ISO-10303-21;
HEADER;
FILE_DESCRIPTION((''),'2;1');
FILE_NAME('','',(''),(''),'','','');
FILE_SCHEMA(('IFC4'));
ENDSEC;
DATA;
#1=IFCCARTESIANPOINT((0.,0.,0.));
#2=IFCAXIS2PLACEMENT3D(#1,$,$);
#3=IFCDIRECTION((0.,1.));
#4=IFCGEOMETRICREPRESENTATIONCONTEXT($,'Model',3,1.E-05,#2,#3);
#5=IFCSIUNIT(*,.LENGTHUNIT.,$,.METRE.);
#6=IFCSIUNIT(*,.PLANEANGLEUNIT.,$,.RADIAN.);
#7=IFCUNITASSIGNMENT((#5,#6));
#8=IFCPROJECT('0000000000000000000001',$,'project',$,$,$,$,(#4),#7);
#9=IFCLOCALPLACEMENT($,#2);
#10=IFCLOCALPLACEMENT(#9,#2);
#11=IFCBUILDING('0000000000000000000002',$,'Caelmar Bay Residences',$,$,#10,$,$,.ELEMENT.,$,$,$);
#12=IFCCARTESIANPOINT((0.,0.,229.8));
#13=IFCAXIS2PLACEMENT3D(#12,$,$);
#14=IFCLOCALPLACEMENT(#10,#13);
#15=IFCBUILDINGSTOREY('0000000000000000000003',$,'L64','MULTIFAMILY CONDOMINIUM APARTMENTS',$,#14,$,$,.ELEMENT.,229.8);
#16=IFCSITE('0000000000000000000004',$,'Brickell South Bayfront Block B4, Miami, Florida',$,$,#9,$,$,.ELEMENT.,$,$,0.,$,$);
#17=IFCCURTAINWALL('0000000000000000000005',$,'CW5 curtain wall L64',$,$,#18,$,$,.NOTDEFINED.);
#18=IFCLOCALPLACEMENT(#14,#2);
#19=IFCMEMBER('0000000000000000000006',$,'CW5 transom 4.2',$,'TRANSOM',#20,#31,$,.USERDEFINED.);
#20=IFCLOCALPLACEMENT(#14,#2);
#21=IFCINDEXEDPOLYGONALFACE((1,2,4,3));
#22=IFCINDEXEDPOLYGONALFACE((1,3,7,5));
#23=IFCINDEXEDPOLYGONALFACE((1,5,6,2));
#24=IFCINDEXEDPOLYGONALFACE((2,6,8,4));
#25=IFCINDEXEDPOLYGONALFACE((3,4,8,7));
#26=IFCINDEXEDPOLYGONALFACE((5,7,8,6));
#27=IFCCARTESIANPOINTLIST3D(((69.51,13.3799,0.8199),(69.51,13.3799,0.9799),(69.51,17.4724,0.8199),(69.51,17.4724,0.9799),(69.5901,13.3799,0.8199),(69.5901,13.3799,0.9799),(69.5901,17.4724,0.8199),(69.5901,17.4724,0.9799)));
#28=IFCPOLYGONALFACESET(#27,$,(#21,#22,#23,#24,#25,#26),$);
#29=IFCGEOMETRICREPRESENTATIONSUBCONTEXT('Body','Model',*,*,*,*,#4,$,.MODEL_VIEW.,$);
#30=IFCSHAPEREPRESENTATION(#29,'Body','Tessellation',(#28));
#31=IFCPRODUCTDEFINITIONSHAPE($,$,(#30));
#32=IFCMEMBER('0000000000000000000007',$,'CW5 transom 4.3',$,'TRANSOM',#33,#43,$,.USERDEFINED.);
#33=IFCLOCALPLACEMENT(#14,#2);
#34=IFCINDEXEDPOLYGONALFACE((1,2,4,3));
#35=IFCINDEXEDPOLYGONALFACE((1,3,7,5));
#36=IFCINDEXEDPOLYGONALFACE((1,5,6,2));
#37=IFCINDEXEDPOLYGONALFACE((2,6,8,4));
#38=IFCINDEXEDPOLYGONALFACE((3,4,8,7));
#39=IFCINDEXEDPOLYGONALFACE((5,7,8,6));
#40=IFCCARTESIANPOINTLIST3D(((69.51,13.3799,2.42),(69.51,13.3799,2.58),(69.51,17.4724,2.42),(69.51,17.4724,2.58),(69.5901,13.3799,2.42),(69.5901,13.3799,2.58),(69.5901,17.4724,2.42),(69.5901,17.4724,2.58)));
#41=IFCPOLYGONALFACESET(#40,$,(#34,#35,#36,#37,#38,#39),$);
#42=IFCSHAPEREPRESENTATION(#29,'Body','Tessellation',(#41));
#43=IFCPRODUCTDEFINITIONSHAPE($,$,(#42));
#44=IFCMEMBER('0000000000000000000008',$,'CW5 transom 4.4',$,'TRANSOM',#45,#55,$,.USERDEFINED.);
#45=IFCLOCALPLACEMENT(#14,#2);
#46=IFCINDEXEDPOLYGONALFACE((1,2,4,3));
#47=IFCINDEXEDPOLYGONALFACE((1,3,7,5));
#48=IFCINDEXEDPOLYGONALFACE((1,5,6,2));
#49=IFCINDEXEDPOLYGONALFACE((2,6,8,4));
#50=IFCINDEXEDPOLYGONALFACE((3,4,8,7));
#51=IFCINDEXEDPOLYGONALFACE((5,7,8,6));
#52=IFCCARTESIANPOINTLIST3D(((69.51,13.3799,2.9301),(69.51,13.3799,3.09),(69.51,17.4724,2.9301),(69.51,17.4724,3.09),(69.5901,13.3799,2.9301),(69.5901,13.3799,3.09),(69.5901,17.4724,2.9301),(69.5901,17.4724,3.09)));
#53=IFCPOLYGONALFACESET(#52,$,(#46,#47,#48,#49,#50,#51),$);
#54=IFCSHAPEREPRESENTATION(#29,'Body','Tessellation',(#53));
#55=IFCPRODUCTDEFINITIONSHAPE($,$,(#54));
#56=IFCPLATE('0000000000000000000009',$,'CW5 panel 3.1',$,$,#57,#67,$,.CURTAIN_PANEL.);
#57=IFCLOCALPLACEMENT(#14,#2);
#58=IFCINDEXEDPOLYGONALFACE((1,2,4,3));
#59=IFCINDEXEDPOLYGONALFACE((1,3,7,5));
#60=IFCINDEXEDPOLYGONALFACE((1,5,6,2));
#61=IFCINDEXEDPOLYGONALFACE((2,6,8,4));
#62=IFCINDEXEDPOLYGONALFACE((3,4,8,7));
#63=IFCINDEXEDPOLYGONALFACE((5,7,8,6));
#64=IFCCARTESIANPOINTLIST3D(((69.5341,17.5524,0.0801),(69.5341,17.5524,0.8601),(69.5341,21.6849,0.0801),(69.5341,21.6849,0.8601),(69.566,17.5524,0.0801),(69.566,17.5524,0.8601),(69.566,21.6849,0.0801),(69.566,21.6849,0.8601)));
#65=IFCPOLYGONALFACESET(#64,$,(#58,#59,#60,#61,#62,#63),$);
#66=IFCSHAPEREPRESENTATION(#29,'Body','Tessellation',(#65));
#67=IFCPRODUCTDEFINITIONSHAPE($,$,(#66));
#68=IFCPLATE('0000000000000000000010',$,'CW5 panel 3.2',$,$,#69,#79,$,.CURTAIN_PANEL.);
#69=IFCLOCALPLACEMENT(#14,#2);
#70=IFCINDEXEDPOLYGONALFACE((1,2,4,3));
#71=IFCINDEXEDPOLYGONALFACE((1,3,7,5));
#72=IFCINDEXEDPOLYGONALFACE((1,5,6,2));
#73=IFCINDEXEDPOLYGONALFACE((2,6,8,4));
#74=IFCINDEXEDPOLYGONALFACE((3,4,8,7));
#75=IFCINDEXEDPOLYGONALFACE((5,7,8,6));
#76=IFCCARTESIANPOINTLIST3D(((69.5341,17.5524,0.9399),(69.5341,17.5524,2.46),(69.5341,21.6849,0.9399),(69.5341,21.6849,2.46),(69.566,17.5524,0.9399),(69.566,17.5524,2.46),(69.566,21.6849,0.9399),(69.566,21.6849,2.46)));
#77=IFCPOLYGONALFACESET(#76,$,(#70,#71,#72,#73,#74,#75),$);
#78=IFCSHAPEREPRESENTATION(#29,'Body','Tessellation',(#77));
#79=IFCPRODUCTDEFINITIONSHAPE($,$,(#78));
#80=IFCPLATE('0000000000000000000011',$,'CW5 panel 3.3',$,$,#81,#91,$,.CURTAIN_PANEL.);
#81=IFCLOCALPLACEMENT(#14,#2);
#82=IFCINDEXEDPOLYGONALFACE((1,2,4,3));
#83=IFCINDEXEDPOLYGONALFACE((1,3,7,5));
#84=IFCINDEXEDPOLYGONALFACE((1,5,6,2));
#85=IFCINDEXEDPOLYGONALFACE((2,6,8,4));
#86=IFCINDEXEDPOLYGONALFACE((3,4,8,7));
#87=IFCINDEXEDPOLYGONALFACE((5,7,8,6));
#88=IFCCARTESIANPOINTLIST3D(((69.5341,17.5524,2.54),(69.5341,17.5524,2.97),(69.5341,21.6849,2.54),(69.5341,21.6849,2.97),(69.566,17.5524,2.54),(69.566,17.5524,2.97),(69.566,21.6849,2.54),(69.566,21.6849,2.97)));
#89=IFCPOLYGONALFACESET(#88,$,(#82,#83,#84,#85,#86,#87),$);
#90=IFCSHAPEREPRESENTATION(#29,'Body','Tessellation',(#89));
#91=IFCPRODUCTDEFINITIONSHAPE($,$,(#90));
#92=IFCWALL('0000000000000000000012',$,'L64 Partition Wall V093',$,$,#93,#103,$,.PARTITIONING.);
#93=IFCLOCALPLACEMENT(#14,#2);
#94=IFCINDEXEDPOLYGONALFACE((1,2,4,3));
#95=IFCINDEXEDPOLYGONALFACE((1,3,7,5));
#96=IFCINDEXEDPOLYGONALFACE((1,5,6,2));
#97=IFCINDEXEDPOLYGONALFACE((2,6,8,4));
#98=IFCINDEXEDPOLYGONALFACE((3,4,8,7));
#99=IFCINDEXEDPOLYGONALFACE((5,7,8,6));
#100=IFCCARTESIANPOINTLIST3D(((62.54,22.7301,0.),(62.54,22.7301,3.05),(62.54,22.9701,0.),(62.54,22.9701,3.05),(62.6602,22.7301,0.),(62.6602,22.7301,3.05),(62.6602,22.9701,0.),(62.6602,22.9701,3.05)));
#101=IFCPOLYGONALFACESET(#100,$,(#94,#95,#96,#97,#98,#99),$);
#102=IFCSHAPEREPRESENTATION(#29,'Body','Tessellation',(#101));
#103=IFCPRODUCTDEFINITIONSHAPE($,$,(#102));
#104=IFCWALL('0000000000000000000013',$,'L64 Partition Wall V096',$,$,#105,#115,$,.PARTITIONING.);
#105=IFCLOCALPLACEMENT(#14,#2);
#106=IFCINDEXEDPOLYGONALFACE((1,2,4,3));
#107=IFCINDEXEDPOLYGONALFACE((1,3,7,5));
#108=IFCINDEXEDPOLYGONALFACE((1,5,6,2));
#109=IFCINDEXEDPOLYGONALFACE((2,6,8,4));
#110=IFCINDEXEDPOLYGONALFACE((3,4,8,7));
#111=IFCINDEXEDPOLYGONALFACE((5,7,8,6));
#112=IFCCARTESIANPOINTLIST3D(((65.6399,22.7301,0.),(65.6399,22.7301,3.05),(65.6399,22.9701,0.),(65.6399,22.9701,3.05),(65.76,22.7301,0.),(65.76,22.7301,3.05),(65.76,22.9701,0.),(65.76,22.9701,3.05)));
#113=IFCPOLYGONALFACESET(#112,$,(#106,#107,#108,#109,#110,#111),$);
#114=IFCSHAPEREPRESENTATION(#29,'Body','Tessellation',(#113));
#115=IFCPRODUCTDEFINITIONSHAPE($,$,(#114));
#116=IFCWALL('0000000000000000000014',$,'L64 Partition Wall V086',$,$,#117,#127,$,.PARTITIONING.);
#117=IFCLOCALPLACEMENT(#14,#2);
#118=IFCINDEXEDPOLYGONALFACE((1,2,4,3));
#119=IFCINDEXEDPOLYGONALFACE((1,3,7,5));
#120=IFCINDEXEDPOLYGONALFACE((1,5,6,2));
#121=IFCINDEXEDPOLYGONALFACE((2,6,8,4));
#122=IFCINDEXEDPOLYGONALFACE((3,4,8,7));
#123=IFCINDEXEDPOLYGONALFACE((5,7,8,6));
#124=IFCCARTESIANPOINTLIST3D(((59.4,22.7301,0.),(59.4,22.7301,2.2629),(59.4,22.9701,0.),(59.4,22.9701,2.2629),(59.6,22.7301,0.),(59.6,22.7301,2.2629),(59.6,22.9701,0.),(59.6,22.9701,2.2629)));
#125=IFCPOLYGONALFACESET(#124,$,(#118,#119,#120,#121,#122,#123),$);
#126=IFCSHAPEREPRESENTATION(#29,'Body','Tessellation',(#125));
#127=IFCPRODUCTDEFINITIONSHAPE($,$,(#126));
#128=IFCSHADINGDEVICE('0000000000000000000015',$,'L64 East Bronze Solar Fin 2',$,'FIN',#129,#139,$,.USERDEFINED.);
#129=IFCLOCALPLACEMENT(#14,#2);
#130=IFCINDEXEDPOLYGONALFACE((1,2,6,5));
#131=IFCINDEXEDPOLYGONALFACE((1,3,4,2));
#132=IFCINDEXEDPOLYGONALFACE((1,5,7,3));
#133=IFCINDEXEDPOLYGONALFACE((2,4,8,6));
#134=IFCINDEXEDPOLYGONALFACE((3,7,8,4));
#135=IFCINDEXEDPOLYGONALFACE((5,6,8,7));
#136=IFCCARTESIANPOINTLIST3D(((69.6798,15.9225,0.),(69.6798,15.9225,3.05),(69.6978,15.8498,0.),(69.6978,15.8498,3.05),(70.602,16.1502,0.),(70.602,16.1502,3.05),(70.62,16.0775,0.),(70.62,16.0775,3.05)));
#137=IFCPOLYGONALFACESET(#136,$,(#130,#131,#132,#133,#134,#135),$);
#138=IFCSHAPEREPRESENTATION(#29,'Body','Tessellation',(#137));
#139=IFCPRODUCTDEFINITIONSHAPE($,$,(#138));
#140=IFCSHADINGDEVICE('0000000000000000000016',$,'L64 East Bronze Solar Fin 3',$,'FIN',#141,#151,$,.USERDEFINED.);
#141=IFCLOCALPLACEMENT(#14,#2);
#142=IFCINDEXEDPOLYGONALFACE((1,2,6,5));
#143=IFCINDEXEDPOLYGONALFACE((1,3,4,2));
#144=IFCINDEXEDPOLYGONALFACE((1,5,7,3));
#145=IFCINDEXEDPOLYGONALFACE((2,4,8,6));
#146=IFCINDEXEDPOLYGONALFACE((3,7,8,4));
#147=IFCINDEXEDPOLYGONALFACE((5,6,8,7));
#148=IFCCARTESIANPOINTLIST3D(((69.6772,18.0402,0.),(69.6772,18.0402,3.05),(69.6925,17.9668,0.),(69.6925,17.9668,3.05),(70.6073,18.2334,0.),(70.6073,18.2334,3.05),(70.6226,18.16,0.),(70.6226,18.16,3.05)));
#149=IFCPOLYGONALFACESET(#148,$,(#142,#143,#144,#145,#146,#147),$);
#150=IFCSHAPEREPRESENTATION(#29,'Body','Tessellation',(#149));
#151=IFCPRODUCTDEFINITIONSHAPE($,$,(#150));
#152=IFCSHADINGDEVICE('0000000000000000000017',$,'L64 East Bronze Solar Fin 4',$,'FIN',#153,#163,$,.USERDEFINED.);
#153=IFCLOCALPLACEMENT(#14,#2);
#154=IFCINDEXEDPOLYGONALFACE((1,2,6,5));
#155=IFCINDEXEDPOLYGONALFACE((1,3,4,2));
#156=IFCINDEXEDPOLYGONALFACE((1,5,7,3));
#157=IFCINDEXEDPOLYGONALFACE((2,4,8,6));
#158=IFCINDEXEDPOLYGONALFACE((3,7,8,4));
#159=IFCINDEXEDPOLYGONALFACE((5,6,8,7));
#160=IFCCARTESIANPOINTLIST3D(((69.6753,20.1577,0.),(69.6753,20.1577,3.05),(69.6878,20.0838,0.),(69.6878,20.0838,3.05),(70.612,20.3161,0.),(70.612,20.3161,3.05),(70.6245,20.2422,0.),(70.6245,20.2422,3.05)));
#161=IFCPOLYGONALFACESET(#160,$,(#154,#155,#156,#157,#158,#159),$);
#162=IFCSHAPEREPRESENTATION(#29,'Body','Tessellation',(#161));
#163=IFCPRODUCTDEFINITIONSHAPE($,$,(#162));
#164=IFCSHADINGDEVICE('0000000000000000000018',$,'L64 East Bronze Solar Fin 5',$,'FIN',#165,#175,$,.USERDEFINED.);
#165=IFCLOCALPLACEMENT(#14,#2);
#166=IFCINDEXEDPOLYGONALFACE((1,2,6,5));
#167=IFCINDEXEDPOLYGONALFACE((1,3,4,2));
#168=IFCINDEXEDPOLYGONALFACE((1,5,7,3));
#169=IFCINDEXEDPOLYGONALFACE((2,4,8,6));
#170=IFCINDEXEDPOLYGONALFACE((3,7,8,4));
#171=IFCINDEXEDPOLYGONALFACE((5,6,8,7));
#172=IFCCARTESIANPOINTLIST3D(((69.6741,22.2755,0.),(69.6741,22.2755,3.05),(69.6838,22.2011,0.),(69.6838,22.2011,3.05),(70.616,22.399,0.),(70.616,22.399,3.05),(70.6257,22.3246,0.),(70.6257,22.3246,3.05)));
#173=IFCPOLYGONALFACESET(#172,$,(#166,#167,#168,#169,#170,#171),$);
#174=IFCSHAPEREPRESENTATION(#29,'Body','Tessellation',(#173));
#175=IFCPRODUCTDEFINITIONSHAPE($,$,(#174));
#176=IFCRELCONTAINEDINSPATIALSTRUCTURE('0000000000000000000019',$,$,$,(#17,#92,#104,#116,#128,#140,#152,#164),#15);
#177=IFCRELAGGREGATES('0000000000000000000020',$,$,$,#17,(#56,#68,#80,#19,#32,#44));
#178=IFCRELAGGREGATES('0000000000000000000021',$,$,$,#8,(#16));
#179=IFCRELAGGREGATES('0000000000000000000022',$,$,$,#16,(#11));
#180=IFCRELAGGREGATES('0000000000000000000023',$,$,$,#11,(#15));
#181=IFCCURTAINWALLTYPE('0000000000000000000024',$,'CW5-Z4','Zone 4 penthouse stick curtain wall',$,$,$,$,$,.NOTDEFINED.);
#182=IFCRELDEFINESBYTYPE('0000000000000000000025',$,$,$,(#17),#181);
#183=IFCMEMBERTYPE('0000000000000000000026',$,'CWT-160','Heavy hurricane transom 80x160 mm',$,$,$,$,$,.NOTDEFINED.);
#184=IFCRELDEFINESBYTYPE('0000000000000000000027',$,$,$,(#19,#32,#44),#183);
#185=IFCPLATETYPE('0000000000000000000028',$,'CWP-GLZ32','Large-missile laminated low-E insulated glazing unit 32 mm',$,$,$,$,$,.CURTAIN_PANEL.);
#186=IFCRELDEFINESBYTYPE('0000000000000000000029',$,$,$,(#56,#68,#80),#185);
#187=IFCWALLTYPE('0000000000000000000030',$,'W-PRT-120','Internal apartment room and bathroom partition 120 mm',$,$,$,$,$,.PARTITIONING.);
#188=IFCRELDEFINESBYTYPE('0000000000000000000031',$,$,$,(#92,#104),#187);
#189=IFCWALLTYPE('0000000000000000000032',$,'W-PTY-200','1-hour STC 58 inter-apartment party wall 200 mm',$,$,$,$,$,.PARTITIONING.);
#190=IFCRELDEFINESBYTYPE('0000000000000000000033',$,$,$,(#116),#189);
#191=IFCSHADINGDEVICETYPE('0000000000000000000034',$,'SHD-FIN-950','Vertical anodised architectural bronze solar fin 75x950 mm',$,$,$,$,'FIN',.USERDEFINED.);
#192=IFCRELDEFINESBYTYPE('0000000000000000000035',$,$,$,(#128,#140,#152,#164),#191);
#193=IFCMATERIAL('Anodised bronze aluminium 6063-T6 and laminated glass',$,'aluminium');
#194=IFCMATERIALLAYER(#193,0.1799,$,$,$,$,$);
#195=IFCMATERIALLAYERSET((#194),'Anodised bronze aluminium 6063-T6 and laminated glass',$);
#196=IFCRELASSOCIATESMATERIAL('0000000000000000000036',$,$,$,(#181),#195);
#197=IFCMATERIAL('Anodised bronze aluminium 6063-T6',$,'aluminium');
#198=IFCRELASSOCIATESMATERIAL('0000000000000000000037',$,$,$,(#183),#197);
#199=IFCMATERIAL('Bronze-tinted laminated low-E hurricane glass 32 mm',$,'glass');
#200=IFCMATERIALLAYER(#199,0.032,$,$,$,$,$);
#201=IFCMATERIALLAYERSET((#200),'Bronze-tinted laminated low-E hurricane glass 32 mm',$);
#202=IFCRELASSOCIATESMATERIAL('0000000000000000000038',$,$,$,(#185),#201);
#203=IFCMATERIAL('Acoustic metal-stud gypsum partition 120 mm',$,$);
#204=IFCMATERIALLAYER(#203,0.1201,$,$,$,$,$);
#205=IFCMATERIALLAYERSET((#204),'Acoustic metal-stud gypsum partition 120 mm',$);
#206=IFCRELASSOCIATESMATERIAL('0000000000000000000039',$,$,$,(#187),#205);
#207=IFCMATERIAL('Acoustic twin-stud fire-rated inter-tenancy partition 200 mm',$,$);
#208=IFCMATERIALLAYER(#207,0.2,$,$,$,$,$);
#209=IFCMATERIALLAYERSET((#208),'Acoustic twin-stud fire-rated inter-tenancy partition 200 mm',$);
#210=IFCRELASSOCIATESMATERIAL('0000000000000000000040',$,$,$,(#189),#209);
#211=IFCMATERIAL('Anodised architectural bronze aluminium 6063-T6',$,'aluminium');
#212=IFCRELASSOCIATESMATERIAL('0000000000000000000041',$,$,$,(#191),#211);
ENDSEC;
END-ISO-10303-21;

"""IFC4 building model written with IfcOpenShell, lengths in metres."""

from ifc_helpers import new_model, si_unit, direction, frame, frame_2d, origin, origin_2d, place, context, subcontext, project, spatial, rectangle, extrude, material, layer, layer_set, material_profile, profile_set, type_object, element, aggregate, save


model = new_model("IFC4")

# Units and contexts
model_context = context("Model", 3, precision=1e-05, world=origin(), true_north=direction((0.0, 1.0)))
body_context = subcontext(model_context, "Body", "Model", "MODEL_VIEW")
ifc_project = project(units=[si_unit("LENGTHUNIT", "METRE"), si_unit("PLANEANGLEUNIT", "RADIAN")], contexts=[model_context])

# Site, building, storey
site_placement = place(None, origin())
site = spatial("IfcSite", under=ifc_project, at=site_placement, Name="Brickell South Bayfront Block B4, Miami, Florida", CompositionType="ELEMENT", RefElevation=0.0)
building_placement = place(site_placement, origin())
building = spatial("IfcBuilding", under=site, at=building_placement, Name="Caelmar Bay Residences", CompositionType="ELEMENT")
storey_placement = place(building_placement, frame((0.0, 0.0, 229.8)))
storey = spatial("IfcBuildingStorey", under=building, at=storey_placement, Name="L64", Description="MULTIFAMILY CONDOMINIUM APARTMENTS", CompositionType="ELEMENT", Elevation=229.8)

# Curtain wall, members, plates
ifc_material_1 = material(Name="Anodised bronze aluminium 6063-T6 and laminated glass", Category="aluminium")
ifc_layer_1 = layer(ifc_material_1, 0.1799)
ifc_layer_set_1 = layer_set([ifc_layer_1], Name="Anodised bronze aluminium 6063-T6 and laminated glass")
curtain_wall_type = type_object("IfcCurtainWallType", Name="CW5-Z4", Description="Zone 4 penthouse stick curtain wall", PredefinedType="NOTDEFINED", material=ifc_layer_set_1)
curtain_wall_placement = place(storey_placement, origin())
curtain_wall = element("IfcCurtainWall", 1, at=curtain_wall_placement, inside=storey, type_object=curtain_wall_type, Name="CW5 curtain wall L64", PredefinedType="NOTDEFINED")
ifc_material_2 = material(Name="Anodised bronze aluminium 6063-T6", Category="aluminium")
ifc_material_profile_1 = material_profile(ifc_material_2, rectangle(XDim=0.0801, YDim=0.1599, at=origin_2d()), Name="CWT-80X160")
ifc_profile_set_1 = profile_set([ifc_material_profile_1], Name="Anodised bronze aluminium 6063-T6")
member_type_1 = type_object("IfcMemberType", Name="CWT-160", Description="Heavy hurricane transom 80x160 mm", PredefinedType="NOTDEFINED", material=ifc_profile_set_1)
member_1_placement = place(storey_placement, frame((69.55, 17.4724, 0.8999), z_axis=(0.0, -1.0, 0.0), x_axis=(1.0, 0.0, 0.0)))
member_1 = element("IfcMember", 2, at=member_1_placement, type_object=member_type_1, Name="CW5 transom 4.2", ObjectType="TRANSOM", PredefinedType="USERDEFINED", context=body_context, shape_type="SweptSolid", body=[
    extrude(rectangle(XDim=0.0801, YDim=0.1599, at=origin_2d()), origin(), (0.0, 0.0, 1.0), 4.0925),
])
member_2_placement = place(storey_placement, frame((69.55, 17.4724, 2.5), z_axis=(0.0, -1.0, 0.0), x_axis=(1.0, 0.0, 0.0)))
member_2 = element("IfcMember", 3, at=member_2_placement, type_object=member_type_1, Name="CW5 transom 4.3", ObjectType="TRANSOM", PredefinedType="USERDEFINED", context=body_context, shape_type="SweptSolid", body=[
    extrude(rectangle(XDim=0.0801, YDim=0.1599, at=origin_2d()), origin(), (0.0, 0.0, 1.0), 4.0925),
])
member_3_placement = place(storey_placement, frame((69.55, 17.4724, 3.01), z_axis=(0.0, -1.0, 0.0), x_axis=(1.0, 0.0, 0.0)))
member_3 = element("IfcMember", 4, at=member_3_placement, type_object=member_type_1, Name="CW5 transom 4.4", ObjectType="TRANSOM", PredefinedType="USERDEFINED", context=body_context, shape_type="SweptSolid", body=[
    extrude(rectangle(XDim=0.0801, YDim=0.1599, at=origin_2d()), origin(), (0.0, 0.0, 1.0), 4.0925),
])
ifc_material_3 = material(Name="Bronze-tinted laminated low-E hurricane glass 32 mm", Category="glass")
ifc_layer_2 = layer(ifc_material_3, 0.032)
ifc_layer_set_2 = layer_set([ifc_layer_2], Name="Bronze-tinted laminated low-E hurricane glass 32 mm")
plate_type = type_object("IfcPlateType", Name="CWP-GLZ32", Description="Large-missile laminated low-E insulated glazing unit 32 mm", PredefinedType="CURTAIN_PANEL", material=ifc_layer_set_2)
plate_1_placement = place(storey_placement, frame((69.55, 19.6187, 0.0801), z_axis=(0.0, 0.0, 1.0), x_axis=(0.0, -1.0, 0.0)))
plate_1 = element("IfcPlate", 5, at=plate_1_placement, type_object=plate_type, Name="CW5 panel 3.1", PredefinedType="CURTAIN_PANEL", context=body_context, shape_type="SweptSolid", body=[
    extrude(rectangle(XDim=4.1326, YDim=0.032, at=origin_2d()), origin(), (0.0, 0.0, 1.0), 0.78),
])
plate_2_placement = place(storey_placement, frame((69.55, 19.6187, 0.9399), z_axis=(0.0, 0.0, 1.0), x_axis=(0.0, -1.0, 0.0)))
plate_2 = element("IfcPlate", 6, at=plate_2_placement, type_object=plate_type, Name="CW5 panel 3.2", PredefinedType="CURTAIN_PANEL", context=body_context, shape_type="SweptSolid", body=[
    extrude(rectangle(XDim=4.1326, YDim=0.032, at=origin_2d()), origin(), (0.0, 0.0, 1.0), 1.52),
])
plate_3_placement = place(storey_placement, frame((69.55, 19.6187, 2.54), z_axis=(0.0, 0.0, 1.0), x_axis=(0.0, -1.0, 0.0)))
plate_3 = element("IfcPlate", 7, at=plate_3_placement, type_object=plate_type, Name="CW5 panel 3.3", PredefinedType="CURTAIN_PANEL", context=body_context, shape_type="SweptSolid", body=[
    extrude(rectangle(XDim=4.1326, YDim=0.032, at=origin_2d()), origin(), (0.0, 0.0, 1.0), 0.4299),
])
aggregate(curtain_wall, [plate_1, plate_2, plate_3, member_1, member_2, member_3])

# Walls
ifc_material_4 = material(Name="Acoustic metal-stud gypsum partition 120 mm")
ifc_layer_3 = layer(ifc_material_4, 0.1201)
ifc_layer_set_3 = layer_set([ifc_layer_3], Name="Acoustic metal-stud gypsum partition 120 mm")
wall_type_1 = type_object("IfcWallType", Name="W-PRT-120", Description="Internal apartment room and bathroom partition 120 mm", PredefinedType="PARTITIONING", material=ifc_layer_set_3)
for number, where, z_axis, x_axis, name in (
    (8, (62.6001, 22.73, 0.0), (0.0, 0.0, 1.0), (0.0, 1.0, 0.0), "L64 Partition Wall V093"),
    (9, (65.7, 22.73, 0.0), (0.0, 0.0, 1.0), (0.0, 1.0, 0.0), "L64 Partition Wall V096"),
):
    element("IfcWall", number, at=place(storey_placement, frame(where, z_axis=z_axis, x_axis=x_axis)), inside=storey, type_object=wall_type_1, Name=name, PredefinedType="PARTITIONING", context=body_context, shape_type="SweptSolid", body=[
        extrude(rectangle(XDim=0.24, YDim=0.1201, at=frame_2d((0.1201, 0.0))), origin(), (0.0, 0.0, 1.0), 3.05),
    ])

# Wall
ifc_material_5 = material(Name="Acoustic twin-stud fire-rated inter-tenancy partition 200 mm")
ifc_layer_4 = layer(ifc_material_5, 0.2)
ifc_layer_set_4 = layer_set([ifc_layer_4], Name="Acoustic twin-stud fire-rated inter-tenancy partition 200 mm")
wall_type_2 = type_object("IfcWallType", Name="W-PTY-200", Description="1-hour STC 58 inter-apartment party wall 200 mm", PredefinedType="PARTITIONING", material=ifc_layer_set_4)
wall_1_placement = place(storey_placement, frame((59.5, 22.73, 0.0), z_axis=(0.0, 0.0, 1.0), x_axis=(0.0, 1.0, 0.0)))
element("IfcWall", 10, at=wall_1_placement, inside=storey, type_object=wall_type_2, Name="L64 Partition Wall V086", PredefinedType="PARTITIONING", context=body_context, shape_type="SweptSolid", body=[
    extrude(rectangle(XDim=0.24, YDim=0.2, at=frame_2d((0.1201, 0.0))), origin(), (0.0, 0.0, 1.0), 2.2629),
])

# Shading devices
ifc_material_6 = material(Name="Anodised architectural bronze aluminium 6063-T6", Category="aluminium")
ifc_material_profile_2 = material_profile(ifc_material_6, rectangle(XDim=0.075, YDim=0.95, at=origin_2d()), Name="BRONZE-FIN-75X950")
ifc_profile_set_2 = profile_set([ifc_material_profile_2], Name="Anodised architectural bronze aluminium 6063-T6")
shading_device_type = type_object("IfcShadingDeviceType", Name="SHD-FIN-950", Description="Vertical anodised architectural bronze solar fin 75x950 mm", ElementType="FIN", PredefinedType="USERDEFINED", material=ifc_profile_set_2)
for number, where, z_axis, x_axis, name in (
    (11, (70.1499, 16.0, 0.0), (0.0, 0.0, 1.0), (-0.23972, 0.970842, 0.0), "L64 East Bronze Solar Fin 2"),
    (12, (70.1499, 18.1001, 0.0), (0.0, 0.0, 1.0), (-0.2033, 0.979116, 0.0), "L64 East Bronze Solar Fin 3"),
    (13, (70.1499, 20.2, 0.0), (0.0, 0.0, 1.0), (-0.166769, 0.985996, 0.0), "L64 East Bronze Solar Fin 4"),
    (14, (70.1499, 22.3, 0.0), (0.0, 0.0, 1.0), (-0.130007, 0.991513, 0.0), "L64 East Bronze Solar Fin 5"),
):
    element("IfcShadingDevice", number, at=place(storey_placement, frame(where, z_axis=z_axis, x_axis=x_axis)), inside=storey, type_object=shading_device_type, Name=name, ObjectType="FIN", PredefinedType="USERDEFINED", context=body_context, shape_type="SweptSolid", body=[
        extrude(rectangle(XDim=0.075, YDim=0.95, at=origin_2d()), origin(), (0.0, 0.0, 1.0), 3.05),
    ])

save(model, "model.ifc")
